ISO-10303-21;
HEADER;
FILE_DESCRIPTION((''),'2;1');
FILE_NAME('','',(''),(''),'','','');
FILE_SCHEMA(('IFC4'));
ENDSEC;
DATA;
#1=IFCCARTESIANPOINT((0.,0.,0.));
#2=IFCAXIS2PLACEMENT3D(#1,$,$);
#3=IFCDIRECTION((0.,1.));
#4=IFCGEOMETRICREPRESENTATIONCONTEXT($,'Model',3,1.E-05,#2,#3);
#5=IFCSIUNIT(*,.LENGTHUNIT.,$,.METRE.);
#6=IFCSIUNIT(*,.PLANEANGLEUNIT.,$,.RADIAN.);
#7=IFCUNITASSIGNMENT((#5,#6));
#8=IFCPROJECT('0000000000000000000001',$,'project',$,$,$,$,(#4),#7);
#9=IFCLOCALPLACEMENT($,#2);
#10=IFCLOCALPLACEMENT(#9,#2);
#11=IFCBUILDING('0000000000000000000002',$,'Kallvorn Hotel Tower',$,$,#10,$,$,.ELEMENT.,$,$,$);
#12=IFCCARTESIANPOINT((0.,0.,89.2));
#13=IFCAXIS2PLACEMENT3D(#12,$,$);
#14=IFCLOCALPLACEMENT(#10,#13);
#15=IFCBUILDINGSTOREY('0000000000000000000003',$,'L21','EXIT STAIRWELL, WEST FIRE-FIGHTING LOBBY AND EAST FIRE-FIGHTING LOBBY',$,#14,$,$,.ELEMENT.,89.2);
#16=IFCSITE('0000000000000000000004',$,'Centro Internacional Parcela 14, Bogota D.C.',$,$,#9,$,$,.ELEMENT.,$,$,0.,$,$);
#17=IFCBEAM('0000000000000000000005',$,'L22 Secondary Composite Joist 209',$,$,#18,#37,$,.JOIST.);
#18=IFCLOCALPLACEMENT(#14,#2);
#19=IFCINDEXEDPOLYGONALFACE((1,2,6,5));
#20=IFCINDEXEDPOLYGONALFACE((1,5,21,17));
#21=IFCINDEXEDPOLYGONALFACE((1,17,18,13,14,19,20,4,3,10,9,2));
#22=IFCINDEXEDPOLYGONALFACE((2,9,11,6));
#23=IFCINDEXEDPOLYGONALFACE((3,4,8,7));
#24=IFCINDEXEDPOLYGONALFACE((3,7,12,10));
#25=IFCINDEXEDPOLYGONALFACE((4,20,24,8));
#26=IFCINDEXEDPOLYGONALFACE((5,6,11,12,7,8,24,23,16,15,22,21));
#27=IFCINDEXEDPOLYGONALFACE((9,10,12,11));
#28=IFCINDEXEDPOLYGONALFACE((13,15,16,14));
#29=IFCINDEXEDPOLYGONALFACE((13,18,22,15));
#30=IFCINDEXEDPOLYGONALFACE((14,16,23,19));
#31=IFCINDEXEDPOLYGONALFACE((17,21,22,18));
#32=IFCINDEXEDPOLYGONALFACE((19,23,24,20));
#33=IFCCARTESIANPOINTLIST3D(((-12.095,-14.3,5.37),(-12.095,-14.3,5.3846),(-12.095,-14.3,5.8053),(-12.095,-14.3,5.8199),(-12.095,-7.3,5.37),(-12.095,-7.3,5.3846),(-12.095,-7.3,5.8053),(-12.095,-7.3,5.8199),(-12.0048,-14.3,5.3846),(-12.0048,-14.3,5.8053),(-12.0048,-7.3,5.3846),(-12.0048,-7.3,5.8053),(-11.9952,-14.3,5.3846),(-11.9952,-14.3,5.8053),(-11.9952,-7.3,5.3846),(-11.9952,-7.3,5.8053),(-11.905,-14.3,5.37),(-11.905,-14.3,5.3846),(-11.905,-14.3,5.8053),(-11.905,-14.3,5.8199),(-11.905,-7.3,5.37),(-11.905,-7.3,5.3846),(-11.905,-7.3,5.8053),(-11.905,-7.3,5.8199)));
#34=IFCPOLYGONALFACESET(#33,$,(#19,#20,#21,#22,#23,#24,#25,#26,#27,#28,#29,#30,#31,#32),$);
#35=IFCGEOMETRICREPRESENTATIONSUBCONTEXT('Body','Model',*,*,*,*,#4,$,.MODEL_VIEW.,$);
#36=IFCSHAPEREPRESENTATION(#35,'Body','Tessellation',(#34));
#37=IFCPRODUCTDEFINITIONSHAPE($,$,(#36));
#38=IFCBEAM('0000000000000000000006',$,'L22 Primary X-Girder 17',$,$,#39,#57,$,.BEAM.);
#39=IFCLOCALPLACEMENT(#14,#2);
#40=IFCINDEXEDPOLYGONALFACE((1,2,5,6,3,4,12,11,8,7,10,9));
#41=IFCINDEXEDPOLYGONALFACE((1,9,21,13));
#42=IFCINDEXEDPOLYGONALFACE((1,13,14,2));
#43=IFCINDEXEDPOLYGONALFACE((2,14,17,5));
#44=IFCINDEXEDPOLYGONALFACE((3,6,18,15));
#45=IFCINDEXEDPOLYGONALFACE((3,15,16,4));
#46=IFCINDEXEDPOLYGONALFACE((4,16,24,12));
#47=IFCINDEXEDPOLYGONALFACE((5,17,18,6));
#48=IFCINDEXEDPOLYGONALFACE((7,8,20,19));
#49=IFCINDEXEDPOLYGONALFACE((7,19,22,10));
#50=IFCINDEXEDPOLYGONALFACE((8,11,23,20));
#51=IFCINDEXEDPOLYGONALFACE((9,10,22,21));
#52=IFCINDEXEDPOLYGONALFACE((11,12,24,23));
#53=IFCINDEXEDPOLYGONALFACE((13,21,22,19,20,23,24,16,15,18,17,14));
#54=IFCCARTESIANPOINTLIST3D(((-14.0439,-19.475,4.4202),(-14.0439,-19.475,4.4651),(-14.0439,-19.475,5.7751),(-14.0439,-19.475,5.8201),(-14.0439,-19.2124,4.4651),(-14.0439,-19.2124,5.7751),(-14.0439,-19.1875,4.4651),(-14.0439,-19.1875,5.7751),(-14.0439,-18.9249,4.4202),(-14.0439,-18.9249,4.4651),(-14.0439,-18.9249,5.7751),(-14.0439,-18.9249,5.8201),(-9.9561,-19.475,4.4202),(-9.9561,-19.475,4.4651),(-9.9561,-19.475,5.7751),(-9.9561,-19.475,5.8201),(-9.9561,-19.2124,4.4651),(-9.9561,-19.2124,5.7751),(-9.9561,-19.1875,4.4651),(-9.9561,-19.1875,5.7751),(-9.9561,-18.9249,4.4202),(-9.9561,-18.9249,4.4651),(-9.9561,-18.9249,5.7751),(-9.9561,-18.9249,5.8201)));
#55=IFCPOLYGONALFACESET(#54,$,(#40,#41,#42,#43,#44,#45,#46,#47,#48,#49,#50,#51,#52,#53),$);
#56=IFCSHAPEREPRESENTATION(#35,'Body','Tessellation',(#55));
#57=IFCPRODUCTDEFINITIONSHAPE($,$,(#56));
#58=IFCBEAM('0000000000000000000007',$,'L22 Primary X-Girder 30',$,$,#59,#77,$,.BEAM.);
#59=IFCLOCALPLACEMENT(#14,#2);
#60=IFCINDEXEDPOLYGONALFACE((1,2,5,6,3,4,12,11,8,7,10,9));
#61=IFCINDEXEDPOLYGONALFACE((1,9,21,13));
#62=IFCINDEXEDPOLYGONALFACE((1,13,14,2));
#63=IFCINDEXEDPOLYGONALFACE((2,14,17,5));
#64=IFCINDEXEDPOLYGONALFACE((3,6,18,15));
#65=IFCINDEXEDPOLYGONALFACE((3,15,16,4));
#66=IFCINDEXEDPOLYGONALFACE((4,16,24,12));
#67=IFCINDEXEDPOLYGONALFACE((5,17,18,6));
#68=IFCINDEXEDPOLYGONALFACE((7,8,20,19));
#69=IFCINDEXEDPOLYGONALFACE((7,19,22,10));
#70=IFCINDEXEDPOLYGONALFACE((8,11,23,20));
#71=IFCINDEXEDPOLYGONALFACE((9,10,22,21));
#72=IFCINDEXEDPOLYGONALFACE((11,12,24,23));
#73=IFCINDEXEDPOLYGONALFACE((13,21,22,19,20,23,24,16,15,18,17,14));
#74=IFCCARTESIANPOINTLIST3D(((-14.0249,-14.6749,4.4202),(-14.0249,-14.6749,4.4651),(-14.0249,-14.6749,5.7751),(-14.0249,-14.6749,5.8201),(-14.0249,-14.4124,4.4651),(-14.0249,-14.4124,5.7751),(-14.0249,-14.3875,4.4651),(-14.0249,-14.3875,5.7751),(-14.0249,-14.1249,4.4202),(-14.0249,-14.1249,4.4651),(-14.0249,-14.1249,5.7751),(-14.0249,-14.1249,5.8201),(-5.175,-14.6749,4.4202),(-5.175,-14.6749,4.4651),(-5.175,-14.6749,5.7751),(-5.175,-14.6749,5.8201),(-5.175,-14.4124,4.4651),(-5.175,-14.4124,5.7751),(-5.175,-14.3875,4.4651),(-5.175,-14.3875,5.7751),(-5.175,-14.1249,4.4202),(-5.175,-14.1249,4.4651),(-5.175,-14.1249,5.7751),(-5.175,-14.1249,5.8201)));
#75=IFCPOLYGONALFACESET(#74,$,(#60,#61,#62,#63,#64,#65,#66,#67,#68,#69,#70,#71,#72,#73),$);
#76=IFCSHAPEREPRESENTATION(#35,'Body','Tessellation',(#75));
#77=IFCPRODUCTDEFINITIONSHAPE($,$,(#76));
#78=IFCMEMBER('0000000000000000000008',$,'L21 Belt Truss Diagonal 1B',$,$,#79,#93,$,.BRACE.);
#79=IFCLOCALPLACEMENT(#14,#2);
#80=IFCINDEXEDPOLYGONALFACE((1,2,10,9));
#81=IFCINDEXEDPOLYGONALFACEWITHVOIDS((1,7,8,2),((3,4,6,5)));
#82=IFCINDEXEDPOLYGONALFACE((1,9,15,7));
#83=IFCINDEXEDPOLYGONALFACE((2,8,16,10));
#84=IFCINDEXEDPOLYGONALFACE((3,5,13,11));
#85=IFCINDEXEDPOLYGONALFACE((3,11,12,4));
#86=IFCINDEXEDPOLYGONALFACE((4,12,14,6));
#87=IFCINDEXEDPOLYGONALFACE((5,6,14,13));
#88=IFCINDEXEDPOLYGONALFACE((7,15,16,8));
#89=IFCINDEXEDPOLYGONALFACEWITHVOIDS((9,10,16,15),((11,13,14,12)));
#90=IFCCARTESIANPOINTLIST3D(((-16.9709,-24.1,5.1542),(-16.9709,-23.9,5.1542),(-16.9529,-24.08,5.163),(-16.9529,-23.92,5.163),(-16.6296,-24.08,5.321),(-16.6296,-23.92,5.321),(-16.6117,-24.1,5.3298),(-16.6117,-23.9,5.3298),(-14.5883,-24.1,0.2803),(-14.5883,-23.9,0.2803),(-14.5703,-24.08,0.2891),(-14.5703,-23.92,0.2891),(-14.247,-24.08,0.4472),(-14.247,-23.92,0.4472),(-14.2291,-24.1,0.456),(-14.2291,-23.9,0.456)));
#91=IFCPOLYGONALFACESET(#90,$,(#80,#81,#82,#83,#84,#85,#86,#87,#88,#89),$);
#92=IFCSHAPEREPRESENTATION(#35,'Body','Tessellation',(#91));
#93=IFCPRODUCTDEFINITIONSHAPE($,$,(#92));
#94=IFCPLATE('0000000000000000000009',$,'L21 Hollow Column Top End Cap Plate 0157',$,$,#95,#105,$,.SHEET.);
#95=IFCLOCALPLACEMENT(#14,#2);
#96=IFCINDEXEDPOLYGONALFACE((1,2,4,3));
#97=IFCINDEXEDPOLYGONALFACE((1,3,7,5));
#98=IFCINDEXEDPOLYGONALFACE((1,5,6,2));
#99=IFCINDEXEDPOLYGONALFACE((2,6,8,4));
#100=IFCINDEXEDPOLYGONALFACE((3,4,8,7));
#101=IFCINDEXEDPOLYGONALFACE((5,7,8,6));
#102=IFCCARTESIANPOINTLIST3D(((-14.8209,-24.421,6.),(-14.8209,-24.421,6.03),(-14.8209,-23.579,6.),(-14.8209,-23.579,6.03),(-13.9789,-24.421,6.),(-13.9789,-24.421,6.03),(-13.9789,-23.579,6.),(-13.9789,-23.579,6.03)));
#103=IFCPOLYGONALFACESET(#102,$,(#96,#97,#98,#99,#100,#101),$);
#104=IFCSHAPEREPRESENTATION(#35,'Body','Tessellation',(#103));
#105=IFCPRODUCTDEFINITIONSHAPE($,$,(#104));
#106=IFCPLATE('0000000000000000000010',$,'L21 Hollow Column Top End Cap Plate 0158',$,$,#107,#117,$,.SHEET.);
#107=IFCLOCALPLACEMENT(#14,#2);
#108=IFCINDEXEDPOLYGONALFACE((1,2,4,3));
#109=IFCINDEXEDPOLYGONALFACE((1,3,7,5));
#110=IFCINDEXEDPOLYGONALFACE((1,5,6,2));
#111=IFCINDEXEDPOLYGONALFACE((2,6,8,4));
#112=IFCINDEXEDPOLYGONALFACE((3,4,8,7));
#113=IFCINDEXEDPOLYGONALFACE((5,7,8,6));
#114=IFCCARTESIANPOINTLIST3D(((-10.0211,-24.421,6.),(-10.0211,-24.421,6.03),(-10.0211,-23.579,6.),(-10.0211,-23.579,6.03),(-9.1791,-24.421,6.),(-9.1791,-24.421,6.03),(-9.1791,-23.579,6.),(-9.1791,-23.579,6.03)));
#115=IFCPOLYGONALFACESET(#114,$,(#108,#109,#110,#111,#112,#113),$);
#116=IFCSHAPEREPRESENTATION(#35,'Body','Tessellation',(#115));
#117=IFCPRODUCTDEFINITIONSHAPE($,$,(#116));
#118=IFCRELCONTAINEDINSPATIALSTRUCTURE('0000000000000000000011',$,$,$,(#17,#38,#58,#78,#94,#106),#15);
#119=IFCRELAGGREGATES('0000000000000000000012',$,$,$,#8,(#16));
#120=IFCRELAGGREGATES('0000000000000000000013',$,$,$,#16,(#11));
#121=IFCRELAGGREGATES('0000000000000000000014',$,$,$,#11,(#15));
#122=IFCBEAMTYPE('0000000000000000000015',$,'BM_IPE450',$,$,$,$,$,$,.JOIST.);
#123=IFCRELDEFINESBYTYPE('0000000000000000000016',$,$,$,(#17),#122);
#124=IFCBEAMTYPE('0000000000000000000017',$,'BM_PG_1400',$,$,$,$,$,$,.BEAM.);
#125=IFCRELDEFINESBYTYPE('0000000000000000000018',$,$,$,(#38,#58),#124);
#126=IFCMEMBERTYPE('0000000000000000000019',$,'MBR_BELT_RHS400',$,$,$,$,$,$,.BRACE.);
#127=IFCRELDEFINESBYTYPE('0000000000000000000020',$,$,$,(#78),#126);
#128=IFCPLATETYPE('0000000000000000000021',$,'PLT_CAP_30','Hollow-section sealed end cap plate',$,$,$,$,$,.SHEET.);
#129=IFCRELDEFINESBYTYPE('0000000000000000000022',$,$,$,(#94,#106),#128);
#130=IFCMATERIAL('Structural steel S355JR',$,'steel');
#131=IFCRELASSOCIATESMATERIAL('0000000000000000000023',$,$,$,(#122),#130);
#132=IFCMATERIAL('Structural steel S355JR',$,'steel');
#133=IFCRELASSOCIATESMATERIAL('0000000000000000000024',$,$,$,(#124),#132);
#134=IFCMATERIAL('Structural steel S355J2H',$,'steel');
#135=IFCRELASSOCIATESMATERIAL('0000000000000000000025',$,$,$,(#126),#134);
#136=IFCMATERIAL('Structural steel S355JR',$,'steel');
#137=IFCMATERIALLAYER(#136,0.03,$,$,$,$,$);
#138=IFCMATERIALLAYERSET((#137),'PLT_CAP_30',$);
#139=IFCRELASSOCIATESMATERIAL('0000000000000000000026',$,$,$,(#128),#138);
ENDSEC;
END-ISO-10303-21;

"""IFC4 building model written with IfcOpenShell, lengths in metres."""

from ifc_helpers import new_model, si_unit, direction, frame, origin, origin_2d, place, context, subcontext, project, spatial, rectangle, hollow_rectangle, i_section, extrude, material, layer, layer_set, material_profile, profile_set, type_object, element, save


model = new_model("IFC4")

# Units and contexts
model_context = context("Model", 3, precision=1e-05, world=origin(), true_north=direction((0.0, 1.0)))
body_context = subcontext(model_context, "Body", "Model", "MODEL_VIEW")
ifc_project = project(units=[si_unit("LENGTHUNIT", "METRE"), si_unit("PLANEANGLEUNIT", "RADIAN")], contexts=[model_context])

# Site, building, storey
site_placement = place(None, origin())
site = spatial("IfcSite", under=ifc_project, at=site_placement, Name="Centro Internacional Parcela 14, Bogota D.C.", CompositionType="ELEMENT", RefElevation=0.0)
building_placement = place(site_placement, origin())
building = spatial("IfcBuilding", under=site, at=building_placement, Name="Kallvorn Hotel Tower", CompositionType="ELEMENT")
storey_placement = place(building_placement, frame((0.0, 0.0, 89.2)))
storey = spatial("IfcBuildingStorey", under=building, at=storey_placement, Name="L21", Description="EXIT STAIRWELL, WEST FIRE-FIGHTING LOBBY AND EAST FIRE-FIGHTING LOBBY", CompositionType="ELEMENT", Elevation=89.2)

# Beams
ifc_material_1 = material(Name="Structural steel S355JR", Category="steel")
ifc_material_profile_1 = material_profile(ifc_material_1, i_section(OverallWidth=0.1899, OverallDepth=0.45, WebThickness=0.0095, FlangeThickness=0.0146, at=origin_2d()), Name="IPE 450")
ifc_profile_set_1 = profile_set([ifc_material_profile_1], Name="Structural steel S355JR")
beam_type_1 = type_object("IfcBeamType", Name="BM_IPE450", PredefinedType="JOIST", material=ifc_profile_set_1)
beam_1_placement = place(storey_placement, frame((-12.0, -14.3, 5.595), z_axis=(0.0, 1.0, 0.0), x_axis=(-1.0, 0.0, 0.0)))
element("IfcBeam", 1, at=beam_1_placement, inside=storey, type_object=beam_type_1, Name="L22 Secondary Composite Joist 209", PredefinedType="JOIST", context=body_context, shape_type="SweptSolid", body=[
    extrude(i_section(OverallWidth=0.1899, OverallDepth=0.45, WebThickness=0.0095, FlangeThickness=0.0146, at=origin_2d()), origin(), (0.0, 0.0, 1.0), 7.0),
])
ifc_material_2 = material(Name="Structural steel S355JR", Category="steel")
ifc_material_profile_2 = material_profile(ifc_material_2, i_section(OverallWidth=0.55, OverallDepth=1.3999, WebThickness=0.0249, FlangeThickness=0.0449, at=origin_2d()), Name="PG 1400x550x25x45")
ifc_profile_set_2 = profile_set([ifc_material_profile_2], Name="Structural steel S355JR")
beam_type_2 = type_object("IfcBeamType", Name="BM_PG_1400", PredefinedType="BEAM", material=ifc_profile_set_2)
beam_2_placement = place(storey_placement, frame((-14.0439, -19.2, 5.1201), z_axis=(1.0, 0.0, 0.0), x_axis=(0.0, 1.0, 0.0)))
element("IfcBeam", 2, at=beam_2_placement, inside=storey, type_object=beam_type_2, Name="L22 Primary X-Girder 17", PredefinedType="BEAM", context=body_context, shape_type="SweptSolid", body=[
    extrude(i_section(OverallWidth=0.55, OverallDepth=1.3999, WebThickness=0.0249, FlangeThickness=0.0449, at=origin_2d()), origin(), (0.0, 0.0, 1.0), 4.0879),
])
beam_3_placement = place(storey_placement, frame((-14.0249, -14.3999, 5.1201), z_axis=(1.0, 0.0, 0.0), x_axis=(0.0, 1.0, 0.0)))
element("IfcBeam", 3, at=beam_3_placement, inside=storey, type_object=beam_type_2, Name="L22 Primary X-Girder 30", PredefinedType="BEAM", context=body_context, shape_type="SweptSolid", body=[
    extrude(i_section(OverallWidth=0.55, OverallDepth=1.3999, WebThickness=0.0249, FlangeThickness=0.0449, at=origin_2d()), origin(), (0.0, 0.0, 1.0), 8.8499),
])

# Member
ifc_material_3 = material(Name="Structural steel S355J2H", Category="steel")
ifc_material_profile_3 = material_profile(ifc_material_3, hollow_rectangle(XDim=0.2, YDim=0.3999, WallThickness=0.02, at=origin_2d()), Name="RHS 400x200x20")
ifc_profile_set_3 = profile_set([ifc_material_profile_3], Name="Structural steel S355J2H")
member_type = type_object("IfcMemberType", Name="MBR_BELT_RHS400", PredefinedType="BRACE", material=ifc_profile_set_3)
member_placement = place(storey_placement, frame((-14.4087, -24.0, 0.3682), z_axis=(-0.439185, 0.0, 0.898397), x_axis=(0.0, -1.0, 0.0)))
element("IfcMember", 4, at=member_placement, inside=storey, type_object=member_type, Name="L21 Belt Truss Diagonal 1B", PredefinedType="BRACE", context=body_context, shape_type="SweptSolid", body=[
    extrude(hollow_rectangle(XDim=0.2, YDim=0.3999, WallThickness=0.02, at=origin_2d()), origin(), (0.0, 0.0, 1.0), 5.425),
])

# Plates
ifc_material_4 = material(Name="Structural steel S355JR", Category="steel")
ifc_layer_1 = layer(ifc_material_4, 0.03)
ifc_layer_set_1 = layer_set([ifc_layer_1], Name="PLT_CAP_30")
plate_type = type_object("IfcPlateType", Name="PLT_CAP_30", Description="Hollow-section sealed end cap plate", PredefinedType="SHEET", material=ifc_layer_set_1)
for number, where, z_axis, x_axis, name in (
    (5, (-14.3999, -24.0, 6.0), (0.0, 0.0, 1.0), (1.0, 0.0, 0.0), "L21 Hollow Column Top End Cap Plate 0157"),
    (6, (-9.6001, -24.0, 6.0), (0.0, 0.0, 1.0), (1.0, 0.0, 0.0), "L21 Hollow Column Top End Cap Plate 0158"),
):
    element("IfcPlate", number, at=place(storey_placement, frame(where, z_axis=z_axis, x_axis=x_axis)), inside=storey, type_object=plate_type, Name=name, PredefinedType="SHEET", context=body_context, shape_type="SweptSolid", body=[
        extrude(rectangle(XDim=0.842, YDim=0.842, at=origin_2d()), origin(), (0.0, 0.0, 1.0), 0.03),
    ])

save(model, "model.ifc")
